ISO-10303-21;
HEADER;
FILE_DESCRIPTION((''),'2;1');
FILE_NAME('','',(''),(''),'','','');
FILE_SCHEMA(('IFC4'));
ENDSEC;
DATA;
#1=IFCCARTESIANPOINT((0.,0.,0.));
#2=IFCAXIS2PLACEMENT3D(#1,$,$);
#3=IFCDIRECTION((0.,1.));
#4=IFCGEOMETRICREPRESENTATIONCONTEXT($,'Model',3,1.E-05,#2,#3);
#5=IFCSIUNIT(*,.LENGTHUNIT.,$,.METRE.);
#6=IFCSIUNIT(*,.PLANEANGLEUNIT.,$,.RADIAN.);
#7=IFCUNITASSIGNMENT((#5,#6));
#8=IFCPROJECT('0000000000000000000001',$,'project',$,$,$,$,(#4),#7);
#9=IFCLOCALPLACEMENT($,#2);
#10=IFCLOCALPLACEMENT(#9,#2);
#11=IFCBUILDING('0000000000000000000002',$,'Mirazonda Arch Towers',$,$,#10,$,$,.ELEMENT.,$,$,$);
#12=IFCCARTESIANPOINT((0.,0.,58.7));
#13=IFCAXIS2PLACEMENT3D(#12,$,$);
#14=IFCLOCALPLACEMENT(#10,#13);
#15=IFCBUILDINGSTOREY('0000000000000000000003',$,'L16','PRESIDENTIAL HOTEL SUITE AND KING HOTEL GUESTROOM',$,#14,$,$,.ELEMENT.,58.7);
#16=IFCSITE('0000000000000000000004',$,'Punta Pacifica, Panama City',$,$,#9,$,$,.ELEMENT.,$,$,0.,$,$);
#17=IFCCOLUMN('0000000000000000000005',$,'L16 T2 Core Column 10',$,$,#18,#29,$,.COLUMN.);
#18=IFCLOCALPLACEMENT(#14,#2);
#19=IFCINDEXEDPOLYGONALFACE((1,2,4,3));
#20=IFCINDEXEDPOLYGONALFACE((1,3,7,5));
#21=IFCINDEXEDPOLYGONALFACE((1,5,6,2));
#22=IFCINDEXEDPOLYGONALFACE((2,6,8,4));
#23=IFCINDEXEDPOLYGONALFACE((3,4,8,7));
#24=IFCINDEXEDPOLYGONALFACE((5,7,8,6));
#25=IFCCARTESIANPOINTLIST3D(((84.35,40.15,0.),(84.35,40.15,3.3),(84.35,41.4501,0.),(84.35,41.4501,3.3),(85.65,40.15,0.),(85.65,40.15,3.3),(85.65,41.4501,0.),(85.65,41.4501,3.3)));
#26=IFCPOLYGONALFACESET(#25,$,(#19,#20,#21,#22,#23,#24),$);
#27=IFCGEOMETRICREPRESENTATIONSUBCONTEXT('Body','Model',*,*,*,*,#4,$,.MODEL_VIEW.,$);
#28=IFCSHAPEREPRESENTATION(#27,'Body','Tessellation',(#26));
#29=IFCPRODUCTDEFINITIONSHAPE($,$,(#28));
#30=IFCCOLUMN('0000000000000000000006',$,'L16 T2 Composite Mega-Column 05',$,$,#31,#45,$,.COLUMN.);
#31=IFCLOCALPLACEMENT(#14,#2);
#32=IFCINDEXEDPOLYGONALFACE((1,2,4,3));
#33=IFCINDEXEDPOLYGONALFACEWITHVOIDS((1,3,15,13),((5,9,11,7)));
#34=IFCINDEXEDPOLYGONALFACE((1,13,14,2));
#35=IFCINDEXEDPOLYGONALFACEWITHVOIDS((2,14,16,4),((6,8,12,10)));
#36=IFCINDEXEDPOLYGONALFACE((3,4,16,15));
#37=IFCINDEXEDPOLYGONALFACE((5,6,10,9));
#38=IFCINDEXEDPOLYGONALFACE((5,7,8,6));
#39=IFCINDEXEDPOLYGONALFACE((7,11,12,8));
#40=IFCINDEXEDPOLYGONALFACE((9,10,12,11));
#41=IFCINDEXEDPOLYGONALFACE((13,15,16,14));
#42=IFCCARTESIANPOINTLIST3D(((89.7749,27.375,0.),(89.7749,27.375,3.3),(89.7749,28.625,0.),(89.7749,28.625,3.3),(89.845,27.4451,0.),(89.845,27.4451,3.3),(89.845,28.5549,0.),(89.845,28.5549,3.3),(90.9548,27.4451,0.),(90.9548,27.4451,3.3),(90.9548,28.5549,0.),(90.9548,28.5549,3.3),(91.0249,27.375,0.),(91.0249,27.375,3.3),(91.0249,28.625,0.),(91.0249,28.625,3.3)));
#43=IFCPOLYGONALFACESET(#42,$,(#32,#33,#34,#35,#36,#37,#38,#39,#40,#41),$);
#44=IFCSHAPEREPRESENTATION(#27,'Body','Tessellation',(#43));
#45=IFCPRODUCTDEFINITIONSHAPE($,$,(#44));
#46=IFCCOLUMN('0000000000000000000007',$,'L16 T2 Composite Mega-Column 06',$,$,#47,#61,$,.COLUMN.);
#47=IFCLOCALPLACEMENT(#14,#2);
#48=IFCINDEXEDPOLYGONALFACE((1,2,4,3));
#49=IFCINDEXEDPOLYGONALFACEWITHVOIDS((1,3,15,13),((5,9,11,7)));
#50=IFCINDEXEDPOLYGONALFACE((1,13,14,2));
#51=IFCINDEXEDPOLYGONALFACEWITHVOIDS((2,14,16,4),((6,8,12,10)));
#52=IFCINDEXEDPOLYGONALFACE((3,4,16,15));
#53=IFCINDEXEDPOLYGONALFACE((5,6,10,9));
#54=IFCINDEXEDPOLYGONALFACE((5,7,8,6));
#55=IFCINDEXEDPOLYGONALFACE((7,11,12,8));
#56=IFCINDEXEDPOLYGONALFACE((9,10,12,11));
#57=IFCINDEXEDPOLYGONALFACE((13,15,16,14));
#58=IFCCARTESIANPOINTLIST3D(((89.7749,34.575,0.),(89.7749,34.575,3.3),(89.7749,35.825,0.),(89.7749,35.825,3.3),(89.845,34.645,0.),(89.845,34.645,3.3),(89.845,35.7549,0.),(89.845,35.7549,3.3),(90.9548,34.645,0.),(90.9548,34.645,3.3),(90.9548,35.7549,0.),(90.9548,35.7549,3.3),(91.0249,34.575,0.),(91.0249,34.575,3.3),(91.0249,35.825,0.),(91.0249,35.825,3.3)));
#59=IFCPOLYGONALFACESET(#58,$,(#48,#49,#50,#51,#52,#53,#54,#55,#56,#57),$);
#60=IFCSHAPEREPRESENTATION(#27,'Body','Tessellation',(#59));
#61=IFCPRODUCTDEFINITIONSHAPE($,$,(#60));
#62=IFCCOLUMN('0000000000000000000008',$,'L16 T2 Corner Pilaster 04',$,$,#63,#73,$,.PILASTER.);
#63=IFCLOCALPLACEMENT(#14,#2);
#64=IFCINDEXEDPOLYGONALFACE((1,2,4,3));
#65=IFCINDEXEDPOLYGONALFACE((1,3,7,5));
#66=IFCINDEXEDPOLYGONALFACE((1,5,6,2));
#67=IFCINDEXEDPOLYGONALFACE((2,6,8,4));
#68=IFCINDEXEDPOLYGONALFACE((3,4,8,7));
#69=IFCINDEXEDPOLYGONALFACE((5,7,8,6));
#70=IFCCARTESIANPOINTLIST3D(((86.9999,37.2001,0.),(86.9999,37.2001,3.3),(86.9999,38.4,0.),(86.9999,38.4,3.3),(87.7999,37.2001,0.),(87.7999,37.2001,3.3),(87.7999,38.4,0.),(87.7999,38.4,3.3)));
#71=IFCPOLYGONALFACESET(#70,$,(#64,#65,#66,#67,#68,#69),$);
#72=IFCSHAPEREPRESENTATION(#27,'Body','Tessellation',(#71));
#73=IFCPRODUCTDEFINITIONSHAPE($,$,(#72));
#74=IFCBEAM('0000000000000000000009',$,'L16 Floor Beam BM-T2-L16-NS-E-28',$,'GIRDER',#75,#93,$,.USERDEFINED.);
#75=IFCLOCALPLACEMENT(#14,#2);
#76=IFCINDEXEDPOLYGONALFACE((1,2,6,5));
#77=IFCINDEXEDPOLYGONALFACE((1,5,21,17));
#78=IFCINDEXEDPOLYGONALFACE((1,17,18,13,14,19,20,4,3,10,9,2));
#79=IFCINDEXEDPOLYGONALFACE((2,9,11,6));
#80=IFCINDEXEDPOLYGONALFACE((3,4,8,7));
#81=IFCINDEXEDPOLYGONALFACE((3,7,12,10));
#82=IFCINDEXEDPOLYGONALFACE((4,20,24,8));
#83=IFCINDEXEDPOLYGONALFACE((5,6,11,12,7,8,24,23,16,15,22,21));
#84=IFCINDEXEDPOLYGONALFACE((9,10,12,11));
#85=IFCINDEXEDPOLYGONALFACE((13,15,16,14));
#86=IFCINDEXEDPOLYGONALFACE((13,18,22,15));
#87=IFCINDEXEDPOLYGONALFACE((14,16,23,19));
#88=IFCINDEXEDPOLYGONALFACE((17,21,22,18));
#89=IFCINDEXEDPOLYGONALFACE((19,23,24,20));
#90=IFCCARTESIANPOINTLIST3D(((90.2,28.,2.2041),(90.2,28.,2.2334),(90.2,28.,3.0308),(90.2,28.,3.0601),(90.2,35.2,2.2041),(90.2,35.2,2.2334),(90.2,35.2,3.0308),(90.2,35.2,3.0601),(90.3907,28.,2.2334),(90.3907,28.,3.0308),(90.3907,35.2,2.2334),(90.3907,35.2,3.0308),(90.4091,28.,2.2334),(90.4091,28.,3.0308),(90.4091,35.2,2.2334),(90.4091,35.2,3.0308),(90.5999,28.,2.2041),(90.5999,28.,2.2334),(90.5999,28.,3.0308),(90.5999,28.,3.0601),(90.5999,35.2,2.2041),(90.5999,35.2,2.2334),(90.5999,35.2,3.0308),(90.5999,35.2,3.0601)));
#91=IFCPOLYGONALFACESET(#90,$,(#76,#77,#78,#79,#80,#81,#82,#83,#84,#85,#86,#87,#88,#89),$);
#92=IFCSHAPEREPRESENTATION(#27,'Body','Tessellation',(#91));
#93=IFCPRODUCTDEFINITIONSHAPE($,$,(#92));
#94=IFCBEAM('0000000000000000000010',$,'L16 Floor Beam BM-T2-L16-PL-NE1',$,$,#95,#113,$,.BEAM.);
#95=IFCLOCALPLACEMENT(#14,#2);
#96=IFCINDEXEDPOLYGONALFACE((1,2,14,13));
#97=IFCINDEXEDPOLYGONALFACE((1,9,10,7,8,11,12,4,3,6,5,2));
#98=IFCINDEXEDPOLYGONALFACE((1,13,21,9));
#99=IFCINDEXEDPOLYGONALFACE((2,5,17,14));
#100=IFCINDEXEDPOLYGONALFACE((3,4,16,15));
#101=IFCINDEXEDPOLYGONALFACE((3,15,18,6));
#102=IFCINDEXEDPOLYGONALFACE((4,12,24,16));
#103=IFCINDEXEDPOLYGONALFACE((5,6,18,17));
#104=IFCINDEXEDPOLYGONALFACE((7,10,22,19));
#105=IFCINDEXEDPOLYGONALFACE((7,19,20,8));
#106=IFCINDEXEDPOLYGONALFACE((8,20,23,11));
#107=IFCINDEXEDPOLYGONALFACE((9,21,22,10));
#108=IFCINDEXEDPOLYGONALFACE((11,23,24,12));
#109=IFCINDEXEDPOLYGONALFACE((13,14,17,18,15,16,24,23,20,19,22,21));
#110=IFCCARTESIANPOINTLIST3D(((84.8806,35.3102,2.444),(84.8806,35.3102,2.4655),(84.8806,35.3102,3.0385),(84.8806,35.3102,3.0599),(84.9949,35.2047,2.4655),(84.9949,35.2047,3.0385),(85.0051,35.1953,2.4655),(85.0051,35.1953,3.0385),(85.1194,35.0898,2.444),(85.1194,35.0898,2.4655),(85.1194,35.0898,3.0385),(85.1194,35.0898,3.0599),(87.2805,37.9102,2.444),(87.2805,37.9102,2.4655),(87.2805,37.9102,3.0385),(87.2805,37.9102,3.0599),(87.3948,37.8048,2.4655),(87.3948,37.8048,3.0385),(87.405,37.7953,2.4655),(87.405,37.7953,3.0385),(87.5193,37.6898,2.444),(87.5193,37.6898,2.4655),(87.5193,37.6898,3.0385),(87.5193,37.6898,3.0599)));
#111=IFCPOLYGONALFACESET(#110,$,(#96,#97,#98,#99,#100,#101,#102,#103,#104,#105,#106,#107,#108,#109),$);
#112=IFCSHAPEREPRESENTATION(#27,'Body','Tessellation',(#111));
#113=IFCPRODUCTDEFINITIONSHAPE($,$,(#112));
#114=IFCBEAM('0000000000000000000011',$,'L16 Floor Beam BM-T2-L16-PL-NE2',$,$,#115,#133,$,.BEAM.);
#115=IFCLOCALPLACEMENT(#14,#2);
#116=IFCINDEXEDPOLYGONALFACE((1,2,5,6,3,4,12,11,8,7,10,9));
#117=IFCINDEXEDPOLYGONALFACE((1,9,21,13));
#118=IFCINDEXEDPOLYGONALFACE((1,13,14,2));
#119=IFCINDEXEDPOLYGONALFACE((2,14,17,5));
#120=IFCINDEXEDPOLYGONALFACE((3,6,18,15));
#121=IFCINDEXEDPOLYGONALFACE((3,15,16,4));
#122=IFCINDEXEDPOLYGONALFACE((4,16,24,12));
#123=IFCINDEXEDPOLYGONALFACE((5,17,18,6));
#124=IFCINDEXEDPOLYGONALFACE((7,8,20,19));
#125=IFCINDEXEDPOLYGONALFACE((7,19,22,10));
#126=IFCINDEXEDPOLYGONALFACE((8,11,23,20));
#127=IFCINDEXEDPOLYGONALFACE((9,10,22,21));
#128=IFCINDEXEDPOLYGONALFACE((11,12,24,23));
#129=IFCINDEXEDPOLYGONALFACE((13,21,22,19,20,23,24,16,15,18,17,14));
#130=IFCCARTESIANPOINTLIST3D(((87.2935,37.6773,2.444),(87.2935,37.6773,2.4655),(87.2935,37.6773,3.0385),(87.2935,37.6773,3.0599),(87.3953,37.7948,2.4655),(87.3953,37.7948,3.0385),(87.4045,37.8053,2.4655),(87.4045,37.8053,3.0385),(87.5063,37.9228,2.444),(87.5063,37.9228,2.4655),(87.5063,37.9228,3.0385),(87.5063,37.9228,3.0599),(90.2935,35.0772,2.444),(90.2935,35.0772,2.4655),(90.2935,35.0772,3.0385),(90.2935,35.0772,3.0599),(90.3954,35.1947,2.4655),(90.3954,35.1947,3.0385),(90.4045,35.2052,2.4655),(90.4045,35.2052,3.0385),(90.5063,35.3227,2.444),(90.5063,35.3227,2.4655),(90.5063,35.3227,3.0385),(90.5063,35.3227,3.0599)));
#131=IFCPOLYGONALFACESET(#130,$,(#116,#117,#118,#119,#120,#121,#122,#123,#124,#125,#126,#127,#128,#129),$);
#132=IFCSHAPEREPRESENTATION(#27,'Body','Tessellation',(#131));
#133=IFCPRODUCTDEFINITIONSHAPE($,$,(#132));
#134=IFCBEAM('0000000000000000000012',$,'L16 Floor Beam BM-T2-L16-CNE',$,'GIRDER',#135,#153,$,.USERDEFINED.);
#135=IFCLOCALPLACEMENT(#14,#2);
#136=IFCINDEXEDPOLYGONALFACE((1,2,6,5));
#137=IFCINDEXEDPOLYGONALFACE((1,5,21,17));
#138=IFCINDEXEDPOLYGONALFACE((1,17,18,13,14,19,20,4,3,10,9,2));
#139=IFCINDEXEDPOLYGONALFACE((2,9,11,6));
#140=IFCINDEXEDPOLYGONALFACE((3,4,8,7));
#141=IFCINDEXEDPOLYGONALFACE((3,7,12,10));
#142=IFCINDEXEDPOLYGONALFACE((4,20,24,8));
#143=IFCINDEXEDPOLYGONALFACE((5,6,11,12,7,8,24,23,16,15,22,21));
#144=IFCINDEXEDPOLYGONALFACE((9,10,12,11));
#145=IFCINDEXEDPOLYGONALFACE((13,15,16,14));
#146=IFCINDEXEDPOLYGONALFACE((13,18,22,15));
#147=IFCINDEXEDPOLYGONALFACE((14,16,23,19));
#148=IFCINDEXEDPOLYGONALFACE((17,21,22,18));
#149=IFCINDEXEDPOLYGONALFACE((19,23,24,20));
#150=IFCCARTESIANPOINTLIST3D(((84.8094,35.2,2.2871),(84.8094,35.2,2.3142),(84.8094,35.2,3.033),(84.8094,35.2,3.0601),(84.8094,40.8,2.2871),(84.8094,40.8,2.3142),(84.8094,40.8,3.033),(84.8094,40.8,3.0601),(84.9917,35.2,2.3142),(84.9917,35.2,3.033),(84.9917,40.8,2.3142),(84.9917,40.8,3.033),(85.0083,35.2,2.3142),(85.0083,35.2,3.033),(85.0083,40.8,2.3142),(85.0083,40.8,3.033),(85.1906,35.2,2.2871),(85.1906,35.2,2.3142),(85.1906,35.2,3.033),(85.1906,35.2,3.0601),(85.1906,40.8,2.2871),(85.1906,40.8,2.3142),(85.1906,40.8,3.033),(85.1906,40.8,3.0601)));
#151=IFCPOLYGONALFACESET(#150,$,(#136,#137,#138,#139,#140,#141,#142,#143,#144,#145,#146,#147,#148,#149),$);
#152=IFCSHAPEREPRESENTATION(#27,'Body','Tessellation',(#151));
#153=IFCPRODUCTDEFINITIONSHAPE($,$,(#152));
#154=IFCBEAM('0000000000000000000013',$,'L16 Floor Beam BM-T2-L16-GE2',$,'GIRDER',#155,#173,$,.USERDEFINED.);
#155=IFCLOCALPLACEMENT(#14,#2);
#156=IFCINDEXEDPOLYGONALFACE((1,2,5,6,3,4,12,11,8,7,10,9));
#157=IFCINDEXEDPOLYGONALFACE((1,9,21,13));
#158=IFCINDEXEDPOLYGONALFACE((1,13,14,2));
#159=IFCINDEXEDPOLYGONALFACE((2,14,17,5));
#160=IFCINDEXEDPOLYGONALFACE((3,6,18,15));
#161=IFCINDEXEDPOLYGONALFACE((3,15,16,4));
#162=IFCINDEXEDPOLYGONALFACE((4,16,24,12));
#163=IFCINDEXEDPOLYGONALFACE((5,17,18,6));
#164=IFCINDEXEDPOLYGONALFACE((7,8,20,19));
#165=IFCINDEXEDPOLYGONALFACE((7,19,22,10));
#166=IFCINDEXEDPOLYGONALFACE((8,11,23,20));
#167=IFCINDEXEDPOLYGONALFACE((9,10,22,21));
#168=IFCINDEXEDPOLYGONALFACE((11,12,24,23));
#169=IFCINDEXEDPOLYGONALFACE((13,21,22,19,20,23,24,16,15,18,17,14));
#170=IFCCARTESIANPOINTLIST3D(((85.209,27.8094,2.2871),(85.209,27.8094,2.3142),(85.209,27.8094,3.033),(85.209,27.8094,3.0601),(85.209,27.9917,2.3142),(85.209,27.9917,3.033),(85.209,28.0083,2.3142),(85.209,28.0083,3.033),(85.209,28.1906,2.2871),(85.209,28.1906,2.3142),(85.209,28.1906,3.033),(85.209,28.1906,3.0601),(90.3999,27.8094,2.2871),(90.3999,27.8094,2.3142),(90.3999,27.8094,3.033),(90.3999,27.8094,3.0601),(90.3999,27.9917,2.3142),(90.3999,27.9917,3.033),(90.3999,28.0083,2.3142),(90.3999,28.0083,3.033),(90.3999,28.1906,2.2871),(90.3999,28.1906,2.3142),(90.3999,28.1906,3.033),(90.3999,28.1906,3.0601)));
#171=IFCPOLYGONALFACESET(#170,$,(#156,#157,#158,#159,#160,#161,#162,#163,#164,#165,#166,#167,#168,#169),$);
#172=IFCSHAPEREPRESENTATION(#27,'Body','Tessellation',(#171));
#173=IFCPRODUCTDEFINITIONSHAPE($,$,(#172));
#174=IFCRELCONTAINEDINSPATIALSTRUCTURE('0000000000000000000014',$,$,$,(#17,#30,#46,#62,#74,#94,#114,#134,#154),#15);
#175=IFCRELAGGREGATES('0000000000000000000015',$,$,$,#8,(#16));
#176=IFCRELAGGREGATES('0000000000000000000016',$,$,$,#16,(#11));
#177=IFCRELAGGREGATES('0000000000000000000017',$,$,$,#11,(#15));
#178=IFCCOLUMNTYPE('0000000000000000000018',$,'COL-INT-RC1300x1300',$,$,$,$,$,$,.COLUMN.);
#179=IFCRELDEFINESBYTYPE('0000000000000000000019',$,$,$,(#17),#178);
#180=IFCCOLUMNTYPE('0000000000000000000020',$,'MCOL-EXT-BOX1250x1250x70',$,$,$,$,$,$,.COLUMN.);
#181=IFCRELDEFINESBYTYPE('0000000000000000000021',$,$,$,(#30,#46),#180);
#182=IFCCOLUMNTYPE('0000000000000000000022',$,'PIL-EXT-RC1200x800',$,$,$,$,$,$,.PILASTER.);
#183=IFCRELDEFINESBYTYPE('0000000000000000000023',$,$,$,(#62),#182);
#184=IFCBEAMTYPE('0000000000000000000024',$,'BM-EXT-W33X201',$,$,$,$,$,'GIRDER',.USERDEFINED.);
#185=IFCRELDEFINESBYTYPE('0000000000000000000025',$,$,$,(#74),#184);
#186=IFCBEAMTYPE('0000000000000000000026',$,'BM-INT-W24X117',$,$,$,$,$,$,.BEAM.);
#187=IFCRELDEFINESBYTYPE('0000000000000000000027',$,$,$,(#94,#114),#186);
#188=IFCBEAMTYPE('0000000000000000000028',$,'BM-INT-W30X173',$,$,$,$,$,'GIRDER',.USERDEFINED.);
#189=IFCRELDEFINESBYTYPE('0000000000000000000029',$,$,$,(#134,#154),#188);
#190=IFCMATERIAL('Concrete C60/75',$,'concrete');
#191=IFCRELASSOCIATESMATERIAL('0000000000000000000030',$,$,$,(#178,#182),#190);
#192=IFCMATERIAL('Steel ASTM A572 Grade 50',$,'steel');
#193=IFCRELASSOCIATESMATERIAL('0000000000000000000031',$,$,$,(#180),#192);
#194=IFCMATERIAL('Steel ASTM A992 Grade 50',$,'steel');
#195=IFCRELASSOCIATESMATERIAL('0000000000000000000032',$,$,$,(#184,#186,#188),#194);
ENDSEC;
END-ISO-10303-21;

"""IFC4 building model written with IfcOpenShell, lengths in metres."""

from ifc_helpers import new_model, si_unit, direction, frame, origin, origin_2d, place, context, subcontext, project, spatial, rectangle, hollow_rectangle, i_section, extrude, material, material_profile, profile_set, type_object, element, save


model = new_model("IFC4")

# Units and contexts
model_context = context("Model", 3, precision=1e-05, world=origin(), true_north=direction((0.0, 1.0)))
body_context = subcontext(model_context, "Body", "Model", "MODEL_VIEW")
ifc_project = project(units=[si_unit("LENGTHUNIT", "METRE"), si_unit("PLANEANGLEUNIT", "RADIAN")], contexts=[model_context])

# Site, building, storey
site_placement = place(None, origin())
site = spatial("IfcSite", under=ifc_project, at=site_placement, Name="Punta Pacifica, Panama City", CompositionType="ELEMENT", RefElevation=0.0)
building_placement = place(site_placement, origin())
building = spatial("IfcBuilding", under=site, at=building_placement, Name="Mirazonda Arch Towers", CompositionType="ELEMENT")
storey_placement = place(building_placement, frame((0.0, 0.0, 58.7)))
storey = spatial("IfcBuildingStorey", under=building, at=storey_placement, Name="L16", Description="PRESIDENTIAL HOTEL SUITE AND KING HOTEL GUESTROOM", CompositionType="ELEMENT", Elevation=58.7)

# Columns
ifc_material_1 = material(Name="Concrete C60/75", Category="concrete")
ifc_material_profile_1 = material_profile(ifc_material_1, rectangle(XDim=1.3, YDim=1.3, at=origin_2d()), Name="RC1300x1300")
ifc_profile_set_1 = profile_set([ifc_material_profile_1], Name="Concrete C60/75")
column_type_1 = type_object("IfcColumnType", Name="COL-INT-RC1300x1300", PredefinedType="COLUMN", material=ifc_profile_set_1)
column_1_placement = place(storey_placement, frame((85.0, 40.8, 0.0), z_axis=(0.0, 0.0, 1.0), x_axis=(1.0, 0.0, 0.0)))
element("IfcColumn", 1, at=column_1_placement, inside=storey, type_object=column_type_1, Name="L16 T2 Core Column 10", PredefinedType="COLUMN", context=body_context, shape_type="SweptSolid", body=[
    extrude(rectangle(XDim=1.3, YDim=1.3, at=origin_2d()), origin(), (0.0, 0.0, 1.0), 3.3),
])
ifc_material_2 = material(Name="Steel ASTM A572 Grade 50", Category="steel")
ifc_material_profile_2 = material_profile(ifc_material_2, hollow_rectangle(XDim=1.25, YDim=1.25, WallThickness=0.0701, at=origin_2d()), Name="BOX1250x1250x70")
ifc_profile_set_2 = profile_set([ifc_material_profile_2], Name="Steel ASTM A572 Grade 50")
column_type_2 = type_object("IfcColumnType", Name="MCOL-EXT-BOX1250x1250x70", PredefinedType="COLUMN", material=ifc_profile_set_2)
for number, where, z_axis, x_axis, name in (
    (2, (90.3999, 28.0, 0.0), (0.0, 0.0, 1.0), (1.0, 0.0, 0.0), "L16 T2 Composite Mega-Column 05"),
    (3, (90.3999, 35.2, 0.0), (0.0, 0.0, 1.0), (1.0, 0.0, 0.0), "L16 T2 Composite Mega-Column 06"),
):
    element("IfcColumn", number, at=place(storey_placement, frame(where, z_axis=z_axis, x_axis=x_axis)), inside=storey, type_object=column_type_2, Name=name, PredefinedType="COLUMN", context=body_context, shape_type="SweptSolid", body=[
        extrude(hollow_rectangle(XDim=1.25, YDim=1.25, WallThickness=0.0701, at=origin_2d()), origin(), (0.0, 0.0, 1.0), 3.3),
    ])
ifc_material_profile_3 = material_profile(ifc_material_1, rectangle(XDim=0.8, YDim=1.2, at=origin_2d()), Name="RC1200x800")
ifc_profile_set_3 = profile_set([ifc_material_profile_3], Name="Concrete C60/75")
column_type_3 = type_object("IfcColumnType", Name="PIL-EXT-RC1200x800", PredefinedType="PILASTER", material=ifc_profile_set_3)
column_2_placement = place(storey_placement, frame((87.3999, 37.8, 0.0), z_axis=(0.0, 0.0, 1.0), x_axis=(1.0, 0.0, 0.0)))
element("IfcColumn", 4, at=column_2_placement, inside=storey, type_object=column_type_3, Name="L16 T2 Corner Pilaster 04", PredefinedType="PILASTER", context=body_context, shape_type="SweptSolid", body=[
    extrude(rectangle(XDim=0.8, YDim=1.2, at=origin_2d()), origin(), (0.0, 0.0, 1.0), 3.3),
])

# Beams
ifc_material_3 = material(Name="Steel ASTM A992 Grade 50", Category="steel")
ifc_material_profile_4 = material_profile(ifc_material_3, i_section(OverallWidth=0.3999, OverallDepth=0.856, WebThickness=0.0183, FlangeThickness=0.0293, at=origin_2d()), Name="W33X201")
ifc_profile_set_4 = profile_set([ifc_material_profile_4], Name="Steel ASTM A992 Grade 50")
beam_type_1 = type_object("IfcBeamType", Name="BM-EXT-W33X201", ElementType="GIRDER", PredefinedType="USERDEFINED", material=ifc_profile_set_4)
beam_1_placement = place(storey_placement, frame((90.3999, 28.0, 2.6321), z_axis=(0.0, 1.0, 0.0), x_axis=(-1.0, 0.0, 0.0)))
element("IfcBeam", 5, at=beam_1_placement, inside=storey, type_object=beam_type_1, Name="L16 Floor Beam BM-T2-L16-NS-E-28", ObjectType="GIRDER", PredefinedType="USERDEFINED", context=body_context, shape_type="SweptSolid", body=[
    extrude(i_section(OverallWidth=0.3999, OverallDepth=0.856, WebThickness=0.0183, FlangeThickness=0.0293, at=origin_2d()), origin(), (0.0, 0.0, 1.0), 7.2),
])
ifc_material_profile_5 = material_profile(ifc_material_3, i_section(OverallWidth=0.325, OverallDepth=0.616, WebThickness=0.0139, FlangeThickness=0.0215, at=origin_2d()), Name="W24X117")
ifc_profile_set_5 = profile_set([ifc_material_profile_5], Name="Steel ASTM A992 Grade 50")
beam_type_2 = type_object("IfcBeamType", Name="BM-INT-W24X117", PredefinedType="BEAM", material=ifc_profile_set_5)
beam_2_placement = place(storey_placement, frame((87.3999, 37.8, 2.752), z_axis=(-0.678251, -0.73483, 0.0), x_axis=(0.73483, -0.678251, 0.0)))
element("IfcBeam", 6, at=beam_2_placement, inside=storey, type_object=beam_type_2, Name="L16 Floor Beam BM-T2-L16-PL-NE1", PredefinedType="BEAM", context=body_context, shape_type="SweptSolid", body=[
    extrude(i_section(OverallWidth=0.325, OverallDepth=0.616, WebThickness=0.0139, FlangeThickness=0.0215, at=origin_2d()), origin(), (0.0, 0.0, 1.0), 3.5383),
])
beam_3_placement = place(storey_placement, frame((87.3999, 37.8, 2.752), z_axis=(0.755677, -0.654945, 0.0), x_axis=(0.654945, 0.755677, 0.0)))
element("IfcBeam", 7, at=beam_3_placement, inside=storey, type_object=beam_type_2, Name="L16 Floor Beam BM-T2-L16-PL-NE2", PredefinedType="BEAM", context=body_context, shape_type="SweptSolid", body=[
    extrude(i_section(OverallWidth=0.325, OverallDepth=0.616, WebThickness=0.0139, FlangeThickness=0.0215, at=origin_2d()), origin(), (0.0, 0.0, 1.0), 3.97),
])
ifc_material_profile_6 = material_profile(ifc_material_3, i_section(OverallWidth=0.3811, OverallDepth=0.7729, WebThickness=0.0166, FlangeThickness=0.0271, at=origin_2d()), Name="W30X173")
ifc_profile_set_6 = profile_set([ifc_material_profile_6], Name="Steel ASTM A992 Grade 50")
beam_type_3 = type_object("IfcBeamType", Name="BM-INT-W30X173", ElementType="GIRDER", PredefinedType="USERDEFINED", material=ifc_profile_set_6)
beam_4_placement = place(storey_placement, frame((85.0, 35.2, 2.6736), z_axis=(0.0, 1.0, 0.0), x_axis=(-1.0, 0.0, 0.0)))
element("IfcBeam", 8, at=beam_4_placement, inside=storey, type_object=beam_type_3, Name="L16 Floor Beam BM-T2-L16-CNE", ObjectType="GIRDER", PredefinedType="USERDEFINED", context=body_context, shape_type="SweptSolid", body=[
    extrude(i_section(OverallWidth=0.3811, OverallDepth=0.7729, WebThickness=0.0166, FlangeThickness=0.0271, at=origin_2d()), origin(), (0.0, 0.0, 1.0), 5.6001),
])
beam_5_placement = place(storey_placement, frame((85.209, 28.0, 2.6736), z_axis=(1.0, 0.0, 0.0), x_axis=(0.0, 1.0, 0.0)))
element("IfcBeam", 9, at=beam_5_placement, inside=storey, type_object=beam_type_3, Name="L16 Floor Beam BM-T2-L16-GE2", ObjectType="GIRDER", PredefinedType="USERDEFINED", context=body_context, shape_type="SweptSolid", body=[
    extrude(i_section(OverallWidth=0.3811, OverallDepth=0.7729, WebThickness=0.0166, FlangeThickness=0.0271, at=origin_2d()), origin(), (0.0, 0.0, 1.0), 5.1909),
])

save(model, "model.ifc")
